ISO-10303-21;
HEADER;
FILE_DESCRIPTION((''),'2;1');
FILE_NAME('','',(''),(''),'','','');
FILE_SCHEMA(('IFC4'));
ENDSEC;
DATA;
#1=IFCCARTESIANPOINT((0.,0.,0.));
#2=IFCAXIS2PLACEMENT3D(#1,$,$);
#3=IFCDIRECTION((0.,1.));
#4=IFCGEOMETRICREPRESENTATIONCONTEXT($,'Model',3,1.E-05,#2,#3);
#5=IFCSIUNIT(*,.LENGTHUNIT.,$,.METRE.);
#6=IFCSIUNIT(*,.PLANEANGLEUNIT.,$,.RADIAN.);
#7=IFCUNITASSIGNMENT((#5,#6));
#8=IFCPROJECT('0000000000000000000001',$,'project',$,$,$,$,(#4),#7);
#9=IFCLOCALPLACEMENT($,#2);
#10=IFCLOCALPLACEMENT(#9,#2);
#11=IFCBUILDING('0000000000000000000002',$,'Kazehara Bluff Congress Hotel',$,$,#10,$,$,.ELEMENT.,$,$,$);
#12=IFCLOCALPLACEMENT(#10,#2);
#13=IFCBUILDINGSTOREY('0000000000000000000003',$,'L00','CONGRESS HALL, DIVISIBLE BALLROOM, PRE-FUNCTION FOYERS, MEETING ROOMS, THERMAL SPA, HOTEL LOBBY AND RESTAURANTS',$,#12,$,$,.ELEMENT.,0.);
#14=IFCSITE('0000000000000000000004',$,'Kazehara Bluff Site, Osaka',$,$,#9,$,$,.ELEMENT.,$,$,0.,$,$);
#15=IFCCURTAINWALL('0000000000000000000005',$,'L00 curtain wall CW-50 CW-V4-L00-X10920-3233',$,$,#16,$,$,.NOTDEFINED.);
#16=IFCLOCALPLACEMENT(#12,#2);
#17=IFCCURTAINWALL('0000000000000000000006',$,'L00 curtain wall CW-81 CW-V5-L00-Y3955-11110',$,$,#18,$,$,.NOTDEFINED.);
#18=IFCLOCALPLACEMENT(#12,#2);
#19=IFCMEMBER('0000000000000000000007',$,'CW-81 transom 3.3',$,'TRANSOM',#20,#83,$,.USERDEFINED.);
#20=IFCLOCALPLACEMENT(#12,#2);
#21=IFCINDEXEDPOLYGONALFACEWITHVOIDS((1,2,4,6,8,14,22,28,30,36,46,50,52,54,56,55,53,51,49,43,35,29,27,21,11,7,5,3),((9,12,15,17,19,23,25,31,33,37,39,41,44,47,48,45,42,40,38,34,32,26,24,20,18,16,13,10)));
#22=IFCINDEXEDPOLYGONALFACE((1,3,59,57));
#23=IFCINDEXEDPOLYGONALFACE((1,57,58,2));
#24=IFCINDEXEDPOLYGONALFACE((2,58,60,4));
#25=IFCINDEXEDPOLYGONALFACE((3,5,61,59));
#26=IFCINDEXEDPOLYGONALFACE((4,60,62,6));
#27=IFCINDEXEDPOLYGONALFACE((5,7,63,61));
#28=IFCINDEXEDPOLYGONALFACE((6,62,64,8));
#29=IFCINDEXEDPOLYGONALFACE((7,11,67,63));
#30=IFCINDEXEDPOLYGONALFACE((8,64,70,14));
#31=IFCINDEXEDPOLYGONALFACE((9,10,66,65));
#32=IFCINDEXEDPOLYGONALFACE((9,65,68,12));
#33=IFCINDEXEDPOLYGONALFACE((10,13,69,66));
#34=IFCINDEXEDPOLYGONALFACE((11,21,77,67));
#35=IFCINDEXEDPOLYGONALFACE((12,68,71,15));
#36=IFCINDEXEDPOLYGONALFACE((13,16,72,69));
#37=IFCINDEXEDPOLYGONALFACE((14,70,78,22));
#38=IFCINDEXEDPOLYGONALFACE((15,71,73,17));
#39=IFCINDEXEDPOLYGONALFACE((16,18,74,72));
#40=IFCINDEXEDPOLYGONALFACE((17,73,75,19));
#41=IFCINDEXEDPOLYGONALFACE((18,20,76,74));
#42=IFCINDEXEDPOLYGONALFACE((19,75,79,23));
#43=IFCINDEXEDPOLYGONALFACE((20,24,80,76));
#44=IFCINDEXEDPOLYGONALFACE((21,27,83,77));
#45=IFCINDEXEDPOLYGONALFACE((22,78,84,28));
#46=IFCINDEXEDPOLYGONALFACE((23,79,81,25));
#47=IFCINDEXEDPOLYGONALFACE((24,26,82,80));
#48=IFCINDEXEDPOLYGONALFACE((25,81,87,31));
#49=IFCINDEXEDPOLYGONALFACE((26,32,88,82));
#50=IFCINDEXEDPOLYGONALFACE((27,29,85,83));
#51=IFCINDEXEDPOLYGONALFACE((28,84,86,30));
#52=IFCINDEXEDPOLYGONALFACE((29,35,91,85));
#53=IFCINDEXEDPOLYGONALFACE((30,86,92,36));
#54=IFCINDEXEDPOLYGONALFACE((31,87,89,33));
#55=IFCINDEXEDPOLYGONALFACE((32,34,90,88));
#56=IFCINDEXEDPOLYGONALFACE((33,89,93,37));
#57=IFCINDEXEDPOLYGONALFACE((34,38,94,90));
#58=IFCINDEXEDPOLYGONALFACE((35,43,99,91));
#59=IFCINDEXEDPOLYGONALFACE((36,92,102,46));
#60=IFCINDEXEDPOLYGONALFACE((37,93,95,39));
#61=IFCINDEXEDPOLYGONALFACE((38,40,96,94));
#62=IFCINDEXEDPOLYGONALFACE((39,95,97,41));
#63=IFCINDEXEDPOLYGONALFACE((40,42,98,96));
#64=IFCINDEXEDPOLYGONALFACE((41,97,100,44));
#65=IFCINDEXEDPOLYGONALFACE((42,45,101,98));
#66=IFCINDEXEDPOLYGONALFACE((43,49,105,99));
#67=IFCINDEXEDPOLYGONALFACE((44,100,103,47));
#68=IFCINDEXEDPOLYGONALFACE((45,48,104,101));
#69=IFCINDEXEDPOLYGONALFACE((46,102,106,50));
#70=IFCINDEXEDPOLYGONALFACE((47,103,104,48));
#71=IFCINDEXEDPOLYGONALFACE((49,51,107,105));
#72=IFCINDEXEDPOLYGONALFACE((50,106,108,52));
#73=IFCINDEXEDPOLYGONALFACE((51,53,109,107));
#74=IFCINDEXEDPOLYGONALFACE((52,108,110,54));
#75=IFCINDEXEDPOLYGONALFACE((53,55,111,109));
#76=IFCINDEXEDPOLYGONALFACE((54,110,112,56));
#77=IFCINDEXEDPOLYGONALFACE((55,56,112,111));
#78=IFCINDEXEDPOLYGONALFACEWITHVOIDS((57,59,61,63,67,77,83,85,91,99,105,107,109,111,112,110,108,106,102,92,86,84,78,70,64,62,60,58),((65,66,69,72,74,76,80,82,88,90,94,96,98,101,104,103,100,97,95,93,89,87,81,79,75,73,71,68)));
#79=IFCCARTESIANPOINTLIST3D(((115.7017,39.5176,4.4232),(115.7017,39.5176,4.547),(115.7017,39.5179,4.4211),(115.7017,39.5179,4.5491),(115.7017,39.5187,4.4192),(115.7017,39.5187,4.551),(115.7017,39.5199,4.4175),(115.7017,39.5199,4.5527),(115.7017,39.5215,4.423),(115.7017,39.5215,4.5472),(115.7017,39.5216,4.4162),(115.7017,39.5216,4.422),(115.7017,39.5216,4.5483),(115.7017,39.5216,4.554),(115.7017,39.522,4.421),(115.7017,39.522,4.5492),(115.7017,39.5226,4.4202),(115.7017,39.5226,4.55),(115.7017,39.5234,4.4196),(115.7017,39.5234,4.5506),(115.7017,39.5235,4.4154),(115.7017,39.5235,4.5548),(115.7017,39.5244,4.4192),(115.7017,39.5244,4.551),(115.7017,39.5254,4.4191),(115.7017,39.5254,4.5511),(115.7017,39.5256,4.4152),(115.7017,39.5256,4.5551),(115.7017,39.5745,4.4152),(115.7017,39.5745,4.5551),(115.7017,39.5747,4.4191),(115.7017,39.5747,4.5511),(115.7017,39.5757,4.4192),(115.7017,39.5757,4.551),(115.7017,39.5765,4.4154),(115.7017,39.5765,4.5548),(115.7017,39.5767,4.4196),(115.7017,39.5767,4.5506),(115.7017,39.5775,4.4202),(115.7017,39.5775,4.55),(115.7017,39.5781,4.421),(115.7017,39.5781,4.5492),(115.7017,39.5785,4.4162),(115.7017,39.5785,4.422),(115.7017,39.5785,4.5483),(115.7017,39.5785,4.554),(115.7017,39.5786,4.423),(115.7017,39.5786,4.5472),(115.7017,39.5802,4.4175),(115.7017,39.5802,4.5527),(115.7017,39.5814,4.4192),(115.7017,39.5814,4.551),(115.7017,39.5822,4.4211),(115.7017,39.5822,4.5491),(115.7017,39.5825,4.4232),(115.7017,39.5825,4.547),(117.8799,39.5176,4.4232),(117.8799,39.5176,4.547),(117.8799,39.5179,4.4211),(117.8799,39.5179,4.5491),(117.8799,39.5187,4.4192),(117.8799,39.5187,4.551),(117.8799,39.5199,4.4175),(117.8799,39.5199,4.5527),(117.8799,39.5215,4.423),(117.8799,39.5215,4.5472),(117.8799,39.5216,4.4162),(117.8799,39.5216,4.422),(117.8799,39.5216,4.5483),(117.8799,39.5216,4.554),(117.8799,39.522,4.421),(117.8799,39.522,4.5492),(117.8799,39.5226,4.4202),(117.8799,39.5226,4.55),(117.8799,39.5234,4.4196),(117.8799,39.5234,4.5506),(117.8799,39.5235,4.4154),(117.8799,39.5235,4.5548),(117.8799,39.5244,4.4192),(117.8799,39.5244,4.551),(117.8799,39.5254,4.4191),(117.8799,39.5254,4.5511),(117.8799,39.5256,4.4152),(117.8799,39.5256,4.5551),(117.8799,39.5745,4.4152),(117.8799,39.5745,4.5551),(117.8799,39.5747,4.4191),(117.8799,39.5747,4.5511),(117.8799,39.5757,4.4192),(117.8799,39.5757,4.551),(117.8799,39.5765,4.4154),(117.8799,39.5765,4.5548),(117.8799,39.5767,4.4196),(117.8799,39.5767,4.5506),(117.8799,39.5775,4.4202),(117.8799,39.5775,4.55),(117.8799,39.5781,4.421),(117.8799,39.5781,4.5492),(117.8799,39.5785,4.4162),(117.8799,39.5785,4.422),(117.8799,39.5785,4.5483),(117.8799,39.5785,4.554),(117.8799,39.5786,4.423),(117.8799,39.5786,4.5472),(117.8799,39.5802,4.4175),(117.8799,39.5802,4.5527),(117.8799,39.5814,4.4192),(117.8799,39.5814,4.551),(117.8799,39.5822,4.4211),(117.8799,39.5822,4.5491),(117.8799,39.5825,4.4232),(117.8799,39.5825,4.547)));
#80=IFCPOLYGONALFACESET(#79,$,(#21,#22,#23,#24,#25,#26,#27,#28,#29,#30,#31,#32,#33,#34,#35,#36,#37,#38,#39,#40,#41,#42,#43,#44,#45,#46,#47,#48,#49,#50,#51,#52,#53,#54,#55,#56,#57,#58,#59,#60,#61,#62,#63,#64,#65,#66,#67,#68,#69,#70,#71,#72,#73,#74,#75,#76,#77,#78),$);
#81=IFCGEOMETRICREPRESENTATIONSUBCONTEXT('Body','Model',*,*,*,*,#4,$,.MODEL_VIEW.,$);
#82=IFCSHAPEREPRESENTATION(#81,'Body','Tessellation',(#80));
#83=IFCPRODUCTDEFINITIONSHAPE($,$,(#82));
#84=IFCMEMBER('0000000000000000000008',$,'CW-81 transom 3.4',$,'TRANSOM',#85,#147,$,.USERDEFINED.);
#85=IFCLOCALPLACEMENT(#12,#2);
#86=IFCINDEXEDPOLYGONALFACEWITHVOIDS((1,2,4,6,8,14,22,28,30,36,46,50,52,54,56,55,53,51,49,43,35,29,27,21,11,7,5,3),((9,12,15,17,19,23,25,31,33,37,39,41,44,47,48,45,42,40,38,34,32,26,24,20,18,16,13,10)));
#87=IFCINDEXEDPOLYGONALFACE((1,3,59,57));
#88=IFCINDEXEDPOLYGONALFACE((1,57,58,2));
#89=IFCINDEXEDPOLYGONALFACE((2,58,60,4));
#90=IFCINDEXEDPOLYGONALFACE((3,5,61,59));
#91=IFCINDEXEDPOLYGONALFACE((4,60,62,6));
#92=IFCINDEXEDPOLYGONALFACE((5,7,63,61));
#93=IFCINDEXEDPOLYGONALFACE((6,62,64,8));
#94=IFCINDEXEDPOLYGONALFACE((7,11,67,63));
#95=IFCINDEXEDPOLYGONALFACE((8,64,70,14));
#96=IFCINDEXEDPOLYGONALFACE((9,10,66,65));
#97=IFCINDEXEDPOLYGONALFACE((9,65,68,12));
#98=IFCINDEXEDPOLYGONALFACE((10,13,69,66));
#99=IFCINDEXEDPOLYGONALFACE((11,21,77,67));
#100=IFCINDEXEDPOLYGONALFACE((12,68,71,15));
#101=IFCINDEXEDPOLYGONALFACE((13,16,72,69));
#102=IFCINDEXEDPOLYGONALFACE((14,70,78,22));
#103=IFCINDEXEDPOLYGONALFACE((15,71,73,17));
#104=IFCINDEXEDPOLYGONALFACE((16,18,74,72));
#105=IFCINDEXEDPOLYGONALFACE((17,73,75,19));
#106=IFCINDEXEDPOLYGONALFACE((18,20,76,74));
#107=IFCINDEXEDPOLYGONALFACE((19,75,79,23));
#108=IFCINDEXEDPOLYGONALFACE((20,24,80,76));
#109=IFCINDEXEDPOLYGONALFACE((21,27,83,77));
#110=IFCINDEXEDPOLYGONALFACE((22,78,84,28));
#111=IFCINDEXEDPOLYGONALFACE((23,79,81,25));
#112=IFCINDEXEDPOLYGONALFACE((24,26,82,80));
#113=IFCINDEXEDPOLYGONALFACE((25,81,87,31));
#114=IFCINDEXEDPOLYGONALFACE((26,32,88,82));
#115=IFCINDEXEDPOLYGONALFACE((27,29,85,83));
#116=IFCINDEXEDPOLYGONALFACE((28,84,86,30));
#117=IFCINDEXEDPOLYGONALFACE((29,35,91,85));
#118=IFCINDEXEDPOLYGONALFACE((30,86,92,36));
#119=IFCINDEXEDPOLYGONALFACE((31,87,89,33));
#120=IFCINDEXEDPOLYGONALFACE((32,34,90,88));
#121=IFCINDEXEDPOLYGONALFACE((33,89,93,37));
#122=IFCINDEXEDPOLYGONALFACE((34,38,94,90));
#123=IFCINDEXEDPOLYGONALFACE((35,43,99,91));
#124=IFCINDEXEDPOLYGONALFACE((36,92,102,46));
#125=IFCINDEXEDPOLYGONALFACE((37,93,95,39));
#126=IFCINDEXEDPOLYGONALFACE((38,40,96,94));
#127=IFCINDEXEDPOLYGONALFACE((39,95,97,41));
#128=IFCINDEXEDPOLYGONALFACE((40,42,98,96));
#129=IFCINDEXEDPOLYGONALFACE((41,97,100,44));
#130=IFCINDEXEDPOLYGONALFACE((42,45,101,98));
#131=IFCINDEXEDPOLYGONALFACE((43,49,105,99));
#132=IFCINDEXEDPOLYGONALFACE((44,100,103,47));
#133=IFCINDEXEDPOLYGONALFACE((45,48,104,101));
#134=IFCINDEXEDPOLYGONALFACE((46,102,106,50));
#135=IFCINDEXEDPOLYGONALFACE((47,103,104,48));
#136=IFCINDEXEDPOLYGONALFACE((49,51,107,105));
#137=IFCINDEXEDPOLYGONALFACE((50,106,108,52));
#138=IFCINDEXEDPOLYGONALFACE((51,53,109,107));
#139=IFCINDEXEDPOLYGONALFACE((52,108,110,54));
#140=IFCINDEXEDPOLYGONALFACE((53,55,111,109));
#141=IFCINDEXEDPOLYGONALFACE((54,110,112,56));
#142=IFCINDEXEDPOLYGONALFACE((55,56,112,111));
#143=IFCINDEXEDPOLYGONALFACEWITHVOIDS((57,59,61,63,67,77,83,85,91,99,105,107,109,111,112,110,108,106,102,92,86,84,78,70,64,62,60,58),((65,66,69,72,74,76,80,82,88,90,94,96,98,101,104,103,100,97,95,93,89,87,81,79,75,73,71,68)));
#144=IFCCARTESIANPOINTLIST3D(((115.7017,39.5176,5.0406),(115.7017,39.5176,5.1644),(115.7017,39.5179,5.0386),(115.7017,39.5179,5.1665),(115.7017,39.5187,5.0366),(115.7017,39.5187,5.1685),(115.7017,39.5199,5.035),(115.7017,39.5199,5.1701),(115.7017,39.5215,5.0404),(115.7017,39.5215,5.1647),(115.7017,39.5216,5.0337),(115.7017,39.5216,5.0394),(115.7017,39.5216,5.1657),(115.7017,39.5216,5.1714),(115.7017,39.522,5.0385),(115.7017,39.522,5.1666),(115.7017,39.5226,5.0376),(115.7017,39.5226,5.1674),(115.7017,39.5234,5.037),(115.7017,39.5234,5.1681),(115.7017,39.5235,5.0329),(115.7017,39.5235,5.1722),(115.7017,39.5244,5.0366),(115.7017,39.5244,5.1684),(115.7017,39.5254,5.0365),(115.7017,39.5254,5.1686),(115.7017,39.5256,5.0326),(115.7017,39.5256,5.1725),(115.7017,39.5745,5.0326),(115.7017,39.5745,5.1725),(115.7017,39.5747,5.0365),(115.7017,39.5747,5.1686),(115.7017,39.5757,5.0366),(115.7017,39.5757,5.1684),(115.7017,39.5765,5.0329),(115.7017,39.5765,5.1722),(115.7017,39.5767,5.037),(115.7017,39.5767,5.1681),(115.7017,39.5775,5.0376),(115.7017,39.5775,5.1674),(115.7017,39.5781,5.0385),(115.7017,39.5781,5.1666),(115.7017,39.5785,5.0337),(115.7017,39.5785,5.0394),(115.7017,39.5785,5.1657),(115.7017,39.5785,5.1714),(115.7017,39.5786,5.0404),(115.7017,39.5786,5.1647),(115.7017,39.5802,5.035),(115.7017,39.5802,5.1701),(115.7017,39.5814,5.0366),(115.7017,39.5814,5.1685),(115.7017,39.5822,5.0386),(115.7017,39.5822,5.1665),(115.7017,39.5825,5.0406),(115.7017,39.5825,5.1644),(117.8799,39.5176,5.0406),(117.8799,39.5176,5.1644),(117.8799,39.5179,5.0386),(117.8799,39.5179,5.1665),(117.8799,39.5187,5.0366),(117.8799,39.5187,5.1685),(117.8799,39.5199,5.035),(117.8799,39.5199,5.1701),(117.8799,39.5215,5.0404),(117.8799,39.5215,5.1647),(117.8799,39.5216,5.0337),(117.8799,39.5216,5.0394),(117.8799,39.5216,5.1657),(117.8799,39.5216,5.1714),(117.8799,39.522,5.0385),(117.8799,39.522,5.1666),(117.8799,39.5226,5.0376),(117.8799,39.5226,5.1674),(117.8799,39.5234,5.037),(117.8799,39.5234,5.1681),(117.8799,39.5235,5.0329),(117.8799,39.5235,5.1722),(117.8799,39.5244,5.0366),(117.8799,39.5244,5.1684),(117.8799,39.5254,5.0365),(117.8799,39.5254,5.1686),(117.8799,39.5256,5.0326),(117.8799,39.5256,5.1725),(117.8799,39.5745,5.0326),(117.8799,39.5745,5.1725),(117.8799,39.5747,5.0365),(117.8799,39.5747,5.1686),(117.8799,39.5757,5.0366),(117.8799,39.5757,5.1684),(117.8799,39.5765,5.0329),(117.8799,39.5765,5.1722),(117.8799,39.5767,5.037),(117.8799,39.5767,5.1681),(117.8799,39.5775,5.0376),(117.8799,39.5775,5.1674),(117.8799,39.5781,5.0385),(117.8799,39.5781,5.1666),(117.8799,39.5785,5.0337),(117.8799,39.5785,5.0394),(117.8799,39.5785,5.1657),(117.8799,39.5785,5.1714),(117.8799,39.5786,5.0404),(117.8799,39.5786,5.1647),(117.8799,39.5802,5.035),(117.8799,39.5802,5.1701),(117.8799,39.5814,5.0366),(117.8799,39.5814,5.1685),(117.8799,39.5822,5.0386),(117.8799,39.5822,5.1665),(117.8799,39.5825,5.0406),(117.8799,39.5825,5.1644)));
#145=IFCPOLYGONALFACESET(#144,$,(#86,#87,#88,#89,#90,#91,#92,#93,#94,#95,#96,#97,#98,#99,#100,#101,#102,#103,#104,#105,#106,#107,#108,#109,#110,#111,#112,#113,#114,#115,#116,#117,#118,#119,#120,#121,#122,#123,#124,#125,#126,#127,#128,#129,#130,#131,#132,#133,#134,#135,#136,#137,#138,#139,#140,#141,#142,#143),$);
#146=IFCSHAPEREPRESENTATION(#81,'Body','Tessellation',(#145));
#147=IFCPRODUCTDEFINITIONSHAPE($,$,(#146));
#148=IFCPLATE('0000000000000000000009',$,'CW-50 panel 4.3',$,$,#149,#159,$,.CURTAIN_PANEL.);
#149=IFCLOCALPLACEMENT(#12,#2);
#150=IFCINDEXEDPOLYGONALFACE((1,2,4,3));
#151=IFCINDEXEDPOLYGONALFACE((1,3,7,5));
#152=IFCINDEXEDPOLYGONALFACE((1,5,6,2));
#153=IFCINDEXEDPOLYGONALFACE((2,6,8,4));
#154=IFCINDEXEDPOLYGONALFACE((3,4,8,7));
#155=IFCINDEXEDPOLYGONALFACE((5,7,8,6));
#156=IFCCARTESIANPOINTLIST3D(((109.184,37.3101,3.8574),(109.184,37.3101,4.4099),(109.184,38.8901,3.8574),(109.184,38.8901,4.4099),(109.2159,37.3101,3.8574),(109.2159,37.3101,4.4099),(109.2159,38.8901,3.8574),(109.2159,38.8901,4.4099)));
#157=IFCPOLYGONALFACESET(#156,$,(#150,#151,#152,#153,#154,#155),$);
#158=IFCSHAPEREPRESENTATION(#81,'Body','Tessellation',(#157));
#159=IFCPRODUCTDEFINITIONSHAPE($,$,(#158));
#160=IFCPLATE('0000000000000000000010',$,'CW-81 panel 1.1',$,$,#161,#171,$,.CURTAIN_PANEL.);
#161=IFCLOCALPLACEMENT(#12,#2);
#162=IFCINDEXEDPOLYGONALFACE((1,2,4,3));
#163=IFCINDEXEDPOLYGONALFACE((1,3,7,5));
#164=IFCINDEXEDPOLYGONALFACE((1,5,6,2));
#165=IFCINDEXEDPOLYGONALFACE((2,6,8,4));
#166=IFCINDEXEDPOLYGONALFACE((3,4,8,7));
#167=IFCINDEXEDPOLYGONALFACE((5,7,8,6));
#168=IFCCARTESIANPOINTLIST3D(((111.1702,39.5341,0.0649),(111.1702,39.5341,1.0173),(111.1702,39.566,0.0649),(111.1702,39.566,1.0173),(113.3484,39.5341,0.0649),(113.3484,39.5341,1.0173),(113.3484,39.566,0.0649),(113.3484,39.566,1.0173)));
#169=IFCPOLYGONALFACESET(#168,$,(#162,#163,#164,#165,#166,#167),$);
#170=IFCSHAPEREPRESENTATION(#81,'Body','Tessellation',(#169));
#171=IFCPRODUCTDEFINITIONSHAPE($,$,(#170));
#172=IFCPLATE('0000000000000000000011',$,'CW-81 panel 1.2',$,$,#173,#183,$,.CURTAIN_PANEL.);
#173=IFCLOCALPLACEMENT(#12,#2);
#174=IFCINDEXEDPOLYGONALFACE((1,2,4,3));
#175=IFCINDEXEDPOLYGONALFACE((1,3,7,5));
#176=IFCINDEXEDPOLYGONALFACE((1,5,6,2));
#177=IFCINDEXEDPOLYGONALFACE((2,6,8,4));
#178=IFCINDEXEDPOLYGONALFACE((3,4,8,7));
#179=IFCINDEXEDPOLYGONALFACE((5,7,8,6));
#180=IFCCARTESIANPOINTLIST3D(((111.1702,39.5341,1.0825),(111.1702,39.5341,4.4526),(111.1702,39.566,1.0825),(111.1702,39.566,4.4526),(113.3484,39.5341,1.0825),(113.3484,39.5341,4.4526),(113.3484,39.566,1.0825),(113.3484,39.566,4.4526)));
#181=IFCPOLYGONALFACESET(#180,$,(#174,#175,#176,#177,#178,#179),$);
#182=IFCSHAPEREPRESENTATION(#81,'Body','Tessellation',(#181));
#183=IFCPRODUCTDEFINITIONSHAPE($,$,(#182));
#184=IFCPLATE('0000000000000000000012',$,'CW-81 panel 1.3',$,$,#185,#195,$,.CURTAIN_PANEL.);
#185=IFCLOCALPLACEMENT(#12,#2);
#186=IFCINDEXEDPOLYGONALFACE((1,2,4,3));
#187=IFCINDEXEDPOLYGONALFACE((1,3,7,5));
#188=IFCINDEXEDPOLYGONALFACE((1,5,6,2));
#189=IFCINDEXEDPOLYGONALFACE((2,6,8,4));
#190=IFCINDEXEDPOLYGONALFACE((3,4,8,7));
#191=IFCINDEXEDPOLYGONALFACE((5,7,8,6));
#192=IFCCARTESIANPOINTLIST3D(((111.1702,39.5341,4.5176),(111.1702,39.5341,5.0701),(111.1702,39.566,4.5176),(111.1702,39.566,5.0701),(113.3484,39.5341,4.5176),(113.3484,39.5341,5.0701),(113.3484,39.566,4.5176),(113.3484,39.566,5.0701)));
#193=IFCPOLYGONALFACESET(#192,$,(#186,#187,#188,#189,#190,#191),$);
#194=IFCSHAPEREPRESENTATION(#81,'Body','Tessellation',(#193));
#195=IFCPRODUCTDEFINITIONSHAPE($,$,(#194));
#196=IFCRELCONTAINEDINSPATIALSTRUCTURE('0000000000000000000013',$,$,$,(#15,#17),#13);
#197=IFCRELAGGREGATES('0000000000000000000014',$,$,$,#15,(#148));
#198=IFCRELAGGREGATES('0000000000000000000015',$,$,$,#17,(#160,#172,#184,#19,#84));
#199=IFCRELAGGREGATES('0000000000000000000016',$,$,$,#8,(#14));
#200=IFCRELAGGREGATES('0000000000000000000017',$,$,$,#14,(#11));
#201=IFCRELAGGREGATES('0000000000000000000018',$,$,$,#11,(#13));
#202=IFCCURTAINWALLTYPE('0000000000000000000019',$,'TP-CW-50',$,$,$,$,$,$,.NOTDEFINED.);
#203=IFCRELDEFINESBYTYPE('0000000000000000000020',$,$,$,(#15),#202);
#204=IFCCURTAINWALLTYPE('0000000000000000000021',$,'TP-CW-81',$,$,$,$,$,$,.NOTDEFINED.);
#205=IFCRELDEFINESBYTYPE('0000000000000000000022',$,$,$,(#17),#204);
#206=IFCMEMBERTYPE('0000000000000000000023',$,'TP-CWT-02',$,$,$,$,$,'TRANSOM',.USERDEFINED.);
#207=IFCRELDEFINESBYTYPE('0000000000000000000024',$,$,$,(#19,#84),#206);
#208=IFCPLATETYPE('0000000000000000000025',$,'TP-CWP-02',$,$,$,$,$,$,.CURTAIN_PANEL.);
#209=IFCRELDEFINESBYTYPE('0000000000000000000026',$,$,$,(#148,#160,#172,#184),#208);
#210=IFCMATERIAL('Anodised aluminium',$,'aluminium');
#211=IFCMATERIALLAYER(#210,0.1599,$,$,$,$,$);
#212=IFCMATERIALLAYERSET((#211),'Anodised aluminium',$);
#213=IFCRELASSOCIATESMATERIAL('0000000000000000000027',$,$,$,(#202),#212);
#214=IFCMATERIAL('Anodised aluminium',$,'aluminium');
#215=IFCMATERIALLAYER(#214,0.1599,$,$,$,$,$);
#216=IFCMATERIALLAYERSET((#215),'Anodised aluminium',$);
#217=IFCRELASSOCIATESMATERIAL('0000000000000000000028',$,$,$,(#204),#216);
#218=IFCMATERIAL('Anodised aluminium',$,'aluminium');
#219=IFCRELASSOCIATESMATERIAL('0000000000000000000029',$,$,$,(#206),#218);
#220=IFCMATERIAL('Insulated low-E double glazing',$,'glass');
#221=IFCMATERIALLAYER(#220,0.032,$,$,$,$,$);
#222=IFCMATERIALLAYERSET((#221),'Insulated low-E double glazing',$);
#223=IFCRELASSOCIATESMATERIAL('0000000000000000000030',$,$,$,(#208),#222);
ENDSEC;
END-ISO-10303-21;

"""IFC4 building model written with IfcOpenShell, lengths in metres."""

from ifc_helpers import new_model, si_unit, direction, frame, origin, origin_2d, place, context, subcontext, project, spatial, rectangle, hollow_rectangle, extrude, material, layer, layer_set, material_profile, profile_set, type_object, element, aggregate, save


model = new_model("IFC4")

# Units and contexts
model_context = context("Model", 3, precision=1e-05, world=origin(), true_north=direction((0.0, 1.0)))
body_context = subcontext(model_context, "Body", "Model", "MODEL_VIEW")
ifc_project = project(units=[si_unit("LENGTHUNIT", "METRE"), si_unit("PLANEANGLEUNIT", "RADIAN")], contexts=[model_context])

# Site, building, storey
site_placement = place(None, origin())
site = spatial("IfcSite", under=ifc_project, at=site_placement, Name="Kazehara Bluff Site, Osaka", CompositionType="ELEMENT", RefElevation=0.0)
building_placement = place(site_placement, origin())
building = spatial("IfcBuilding", under=site, at=building_placement, Name="Kazehara Bluff Congress Hotel", CompositionType="ELEMENT")
storey_placement = place(building_placement, origin())
storey = spatial("IfcBuildingStorey", under=building, at=storey_placement, Name="L00", Description="CONGRESS HALL, DIVISIBLE BALLROOM, PRE-FUNCTION FOYERS, MEETING ROOMS, THERMAL SPA, HOTEL LOBBY AND RESTAURANTS", CompositionType="ELEMENT", Elevation=0.0)

# Curtain wall
ifc_material_1 = material(Name="Anodised aluminium", Category="aluminium")
ifc_layer_1 = layer(ifc_material_1, 0.1599)
ifc_layer_set_1 = layer_set([ifc_layer_1], Name="Anodised aluminium")
curtain_wall_type_1 = type_object("IfcCurtainWallType", Name="TP-CW-50", PredefinedType="NOTDEFINED", material=ifc_layer_set_1)
curtain_wall_1_placement = place(storey_placement, origin())
curtain_wall_1 = element("IfcCurtainWall", 1, at=curtain_wall_1_placement, inside=storey, type_object=curtain_wall_type_1, Name="L00 curtain wall CW-50 CW-V4-L00-X10920-3233", PredefinedType="NOTDEFINED")

# Curtain wall
ifc_material_2 = material(Name="Anodised aluminium", Category="aluminium")
ifc_layer_2 = layer(ifc_material_2, 0.1599)
ifc_layer_set_2 = layer_set([ifc_layer_2], Name="Anodised aluminium")
curtain_wall_type_2 = type_object("IfcCurtainWallType", Name="TP-CW-81", PredefinedType="NOTDEFINED", material=ifc_layer_set_2)
curtain_wall_2_placement = place(storey_placement, origin())
curtain_wall_2 = element("IfcCurtainWall", 2, at=curtain_wall_2_placement, inside=storey, type_object=curtain_wall_type_2, Name="L00 curtain wall CW-81 CW-V5-L00-Y3955-11110", PredefinedType="NOTDEFINED")

# Members
ifc_material_3 = material(Name="Anodised aluminium", Category="aluminium")
ifc_material_profile_1 = material_profile(ifc_material_3, hollow_rectangle(XDim=0.0649, YDim=0.1399, WallThickness=0.0039, InnerFilletRadius=0.0039, OuterFilletRadius=0.0081, at=origin_2d()))
ifc_profile_set_1 = profile_set([ifc_material_profile_1], Name="Anodised aluminium")
member_type_1 = type_object("IfcMemberType", Name="TP-CWT-02", ElementType="TRANSOM", PredefinedType="USERDEFINED", material=ifc_profile_set_1)
member_1_placement = place(storey_placement, frame((115.7017, 39.55, 4.4851), z_axis=(1.0, 0.0, 0.0), x_axis=(0.0, 1.0, 0.0)))
member_1 = element("IfcMember", 3, at=member_1_placement, type_object=member_type_1, Name="CW-81 transom 3.3", ObjectType="TRANSOM", PredefinedType="USERDEFINED", context=body_context, shape_type="SweptSolid", body=[
    extrude(hollow_rectangle(XDim=0.0649, YDim=0.1399, WallThickness=0.0039, InnerFilletRadius=0.0039, OuterFilletRadius=0.0081, at=origin_2d()), origin(), (0.0, 0.0, 1.0), 2.1782),
])
member_2_placement = place(storey_placement, frame((115.7017, 39.55, 5.1025), z_axis=(1.0, 0.0, 0.0), x_axis=(0.0, 1.0, 0.0)))
member_2 = element("IfcMember", 4, at=member_2_placement, type_object=member_type_1, Name="CW-81 transom 3.4", ObjectType="TRANSOM", PredefinedType="USERDEFINED", context=body_context, shape_type="SweptSolid", body=[
    extrude(hollow_rectangle(XDim=0.0649, YDim=0.1399, WallThickness=0.0039, InnerFilletRadius=0.0039, OuterFilletRadius=0.0081, at=origin_2d()), origin(), (0.0, 0.0, 1.0), 2.1782),
])

# Plates
ifc_material_4 = material(Name="Insulated low-E double glazing", Category="glass")
ifc_layer_3 = layer(ifc_material_4, 0.032)
ifc_layer_set_3 = layer_set([ifc_layer_3], Name="Insulated low-E double glazing")
plate_type = type_object("IfcPlateType", Name="TP-CWP-02", PredefinedType="CURTAIN_PANEL", material=ifc_layer_set_3)
plate_1_placement = place(storey_placement, frame((109.2, 38.1001, 3.8574), z_axis=(0.0, 0.0, 1.0), x_axis=(0.0, 1.0, 0.0)))
plate_1 = element("IfcPlate", 5, at=plate_1_placement, type_object=plate_type, Name="CW-50 panel 4.3", PredefinedType="CURTAIN_PANEL", context=body_context, shape_type="SweptSolid", body=[
    extrude(rectangle(XDim=1.5801, YDim=0.032, at=origin_2d()), origin(), (0.0, 0.0, 1.0), 0.5525),
])
aggregate(curtain_wall_1, [plate_1])
plate_2_placement = place(storey_placement, frame((112.2593, 39.55, 0.0649), z_axis=(0.0, 0.0, 1.0), x_axis=(1.0, 0.0, 0.0)))
plate_2 = element("IfcPlate", 6, at=plate_2_placement, type_object=plate_type, Name="CW-81 panel 1.1", PredefinedType="CURTAIN_PANEL", context=body_context, shape_type="SweptSolid", body=[
    extrude(rectangle(XDim=2.1782, YDim=0.032, at=origin_2d()), origin(), (0.0, 0.0, 1.0), 0.9524),
])
plate_3_placement = place(storey_placement, frame((112.2593, 39.55, 1.0825), z_axis=(0.0, 0.0, 1.0), x_axis=(1.0, 0.0, 0.0)))
plate_3 = element("IfcPlate", 7, at=plate_3_placement, type_object=plate_type, Name="CW-81 panel 1.2", PredefinedType="CURTAIN_PANEL", context=body_context, shape_type="SweptSolid", body=[
    extrude(rectangle(XDim=2.1782, YDim=0.032, at=origin_2d()), origin(), (0.0, 0.0, 1.0), 3.3701),
])
plate_4_placement = place(storey_placement, frame((112.2593, 39.55, 4.5176), z_axis=(0.0, 0.0, 1.0), x_axis=(1.0, 0.0, 0.0)))
plate_4 = element("IfcPlate", 8, at=plate_4_placement, type_object=plate_type, Name="CW-81 panel 1.3", PredefinedType="CURTAIN_PANEL", context=body_context, shape_type="SweptSolid", body=[
    extrude(rectangle(XDim=2.1782, YDim=0.032, at=origin_2d()), origin(), (0.0, 0.0, 1.0), 0.5525),
])
aggregate(curtain_wall_2, [plate_2, plate_3, plate_4, member_1, member_2])

save(model, "model.ifc")
